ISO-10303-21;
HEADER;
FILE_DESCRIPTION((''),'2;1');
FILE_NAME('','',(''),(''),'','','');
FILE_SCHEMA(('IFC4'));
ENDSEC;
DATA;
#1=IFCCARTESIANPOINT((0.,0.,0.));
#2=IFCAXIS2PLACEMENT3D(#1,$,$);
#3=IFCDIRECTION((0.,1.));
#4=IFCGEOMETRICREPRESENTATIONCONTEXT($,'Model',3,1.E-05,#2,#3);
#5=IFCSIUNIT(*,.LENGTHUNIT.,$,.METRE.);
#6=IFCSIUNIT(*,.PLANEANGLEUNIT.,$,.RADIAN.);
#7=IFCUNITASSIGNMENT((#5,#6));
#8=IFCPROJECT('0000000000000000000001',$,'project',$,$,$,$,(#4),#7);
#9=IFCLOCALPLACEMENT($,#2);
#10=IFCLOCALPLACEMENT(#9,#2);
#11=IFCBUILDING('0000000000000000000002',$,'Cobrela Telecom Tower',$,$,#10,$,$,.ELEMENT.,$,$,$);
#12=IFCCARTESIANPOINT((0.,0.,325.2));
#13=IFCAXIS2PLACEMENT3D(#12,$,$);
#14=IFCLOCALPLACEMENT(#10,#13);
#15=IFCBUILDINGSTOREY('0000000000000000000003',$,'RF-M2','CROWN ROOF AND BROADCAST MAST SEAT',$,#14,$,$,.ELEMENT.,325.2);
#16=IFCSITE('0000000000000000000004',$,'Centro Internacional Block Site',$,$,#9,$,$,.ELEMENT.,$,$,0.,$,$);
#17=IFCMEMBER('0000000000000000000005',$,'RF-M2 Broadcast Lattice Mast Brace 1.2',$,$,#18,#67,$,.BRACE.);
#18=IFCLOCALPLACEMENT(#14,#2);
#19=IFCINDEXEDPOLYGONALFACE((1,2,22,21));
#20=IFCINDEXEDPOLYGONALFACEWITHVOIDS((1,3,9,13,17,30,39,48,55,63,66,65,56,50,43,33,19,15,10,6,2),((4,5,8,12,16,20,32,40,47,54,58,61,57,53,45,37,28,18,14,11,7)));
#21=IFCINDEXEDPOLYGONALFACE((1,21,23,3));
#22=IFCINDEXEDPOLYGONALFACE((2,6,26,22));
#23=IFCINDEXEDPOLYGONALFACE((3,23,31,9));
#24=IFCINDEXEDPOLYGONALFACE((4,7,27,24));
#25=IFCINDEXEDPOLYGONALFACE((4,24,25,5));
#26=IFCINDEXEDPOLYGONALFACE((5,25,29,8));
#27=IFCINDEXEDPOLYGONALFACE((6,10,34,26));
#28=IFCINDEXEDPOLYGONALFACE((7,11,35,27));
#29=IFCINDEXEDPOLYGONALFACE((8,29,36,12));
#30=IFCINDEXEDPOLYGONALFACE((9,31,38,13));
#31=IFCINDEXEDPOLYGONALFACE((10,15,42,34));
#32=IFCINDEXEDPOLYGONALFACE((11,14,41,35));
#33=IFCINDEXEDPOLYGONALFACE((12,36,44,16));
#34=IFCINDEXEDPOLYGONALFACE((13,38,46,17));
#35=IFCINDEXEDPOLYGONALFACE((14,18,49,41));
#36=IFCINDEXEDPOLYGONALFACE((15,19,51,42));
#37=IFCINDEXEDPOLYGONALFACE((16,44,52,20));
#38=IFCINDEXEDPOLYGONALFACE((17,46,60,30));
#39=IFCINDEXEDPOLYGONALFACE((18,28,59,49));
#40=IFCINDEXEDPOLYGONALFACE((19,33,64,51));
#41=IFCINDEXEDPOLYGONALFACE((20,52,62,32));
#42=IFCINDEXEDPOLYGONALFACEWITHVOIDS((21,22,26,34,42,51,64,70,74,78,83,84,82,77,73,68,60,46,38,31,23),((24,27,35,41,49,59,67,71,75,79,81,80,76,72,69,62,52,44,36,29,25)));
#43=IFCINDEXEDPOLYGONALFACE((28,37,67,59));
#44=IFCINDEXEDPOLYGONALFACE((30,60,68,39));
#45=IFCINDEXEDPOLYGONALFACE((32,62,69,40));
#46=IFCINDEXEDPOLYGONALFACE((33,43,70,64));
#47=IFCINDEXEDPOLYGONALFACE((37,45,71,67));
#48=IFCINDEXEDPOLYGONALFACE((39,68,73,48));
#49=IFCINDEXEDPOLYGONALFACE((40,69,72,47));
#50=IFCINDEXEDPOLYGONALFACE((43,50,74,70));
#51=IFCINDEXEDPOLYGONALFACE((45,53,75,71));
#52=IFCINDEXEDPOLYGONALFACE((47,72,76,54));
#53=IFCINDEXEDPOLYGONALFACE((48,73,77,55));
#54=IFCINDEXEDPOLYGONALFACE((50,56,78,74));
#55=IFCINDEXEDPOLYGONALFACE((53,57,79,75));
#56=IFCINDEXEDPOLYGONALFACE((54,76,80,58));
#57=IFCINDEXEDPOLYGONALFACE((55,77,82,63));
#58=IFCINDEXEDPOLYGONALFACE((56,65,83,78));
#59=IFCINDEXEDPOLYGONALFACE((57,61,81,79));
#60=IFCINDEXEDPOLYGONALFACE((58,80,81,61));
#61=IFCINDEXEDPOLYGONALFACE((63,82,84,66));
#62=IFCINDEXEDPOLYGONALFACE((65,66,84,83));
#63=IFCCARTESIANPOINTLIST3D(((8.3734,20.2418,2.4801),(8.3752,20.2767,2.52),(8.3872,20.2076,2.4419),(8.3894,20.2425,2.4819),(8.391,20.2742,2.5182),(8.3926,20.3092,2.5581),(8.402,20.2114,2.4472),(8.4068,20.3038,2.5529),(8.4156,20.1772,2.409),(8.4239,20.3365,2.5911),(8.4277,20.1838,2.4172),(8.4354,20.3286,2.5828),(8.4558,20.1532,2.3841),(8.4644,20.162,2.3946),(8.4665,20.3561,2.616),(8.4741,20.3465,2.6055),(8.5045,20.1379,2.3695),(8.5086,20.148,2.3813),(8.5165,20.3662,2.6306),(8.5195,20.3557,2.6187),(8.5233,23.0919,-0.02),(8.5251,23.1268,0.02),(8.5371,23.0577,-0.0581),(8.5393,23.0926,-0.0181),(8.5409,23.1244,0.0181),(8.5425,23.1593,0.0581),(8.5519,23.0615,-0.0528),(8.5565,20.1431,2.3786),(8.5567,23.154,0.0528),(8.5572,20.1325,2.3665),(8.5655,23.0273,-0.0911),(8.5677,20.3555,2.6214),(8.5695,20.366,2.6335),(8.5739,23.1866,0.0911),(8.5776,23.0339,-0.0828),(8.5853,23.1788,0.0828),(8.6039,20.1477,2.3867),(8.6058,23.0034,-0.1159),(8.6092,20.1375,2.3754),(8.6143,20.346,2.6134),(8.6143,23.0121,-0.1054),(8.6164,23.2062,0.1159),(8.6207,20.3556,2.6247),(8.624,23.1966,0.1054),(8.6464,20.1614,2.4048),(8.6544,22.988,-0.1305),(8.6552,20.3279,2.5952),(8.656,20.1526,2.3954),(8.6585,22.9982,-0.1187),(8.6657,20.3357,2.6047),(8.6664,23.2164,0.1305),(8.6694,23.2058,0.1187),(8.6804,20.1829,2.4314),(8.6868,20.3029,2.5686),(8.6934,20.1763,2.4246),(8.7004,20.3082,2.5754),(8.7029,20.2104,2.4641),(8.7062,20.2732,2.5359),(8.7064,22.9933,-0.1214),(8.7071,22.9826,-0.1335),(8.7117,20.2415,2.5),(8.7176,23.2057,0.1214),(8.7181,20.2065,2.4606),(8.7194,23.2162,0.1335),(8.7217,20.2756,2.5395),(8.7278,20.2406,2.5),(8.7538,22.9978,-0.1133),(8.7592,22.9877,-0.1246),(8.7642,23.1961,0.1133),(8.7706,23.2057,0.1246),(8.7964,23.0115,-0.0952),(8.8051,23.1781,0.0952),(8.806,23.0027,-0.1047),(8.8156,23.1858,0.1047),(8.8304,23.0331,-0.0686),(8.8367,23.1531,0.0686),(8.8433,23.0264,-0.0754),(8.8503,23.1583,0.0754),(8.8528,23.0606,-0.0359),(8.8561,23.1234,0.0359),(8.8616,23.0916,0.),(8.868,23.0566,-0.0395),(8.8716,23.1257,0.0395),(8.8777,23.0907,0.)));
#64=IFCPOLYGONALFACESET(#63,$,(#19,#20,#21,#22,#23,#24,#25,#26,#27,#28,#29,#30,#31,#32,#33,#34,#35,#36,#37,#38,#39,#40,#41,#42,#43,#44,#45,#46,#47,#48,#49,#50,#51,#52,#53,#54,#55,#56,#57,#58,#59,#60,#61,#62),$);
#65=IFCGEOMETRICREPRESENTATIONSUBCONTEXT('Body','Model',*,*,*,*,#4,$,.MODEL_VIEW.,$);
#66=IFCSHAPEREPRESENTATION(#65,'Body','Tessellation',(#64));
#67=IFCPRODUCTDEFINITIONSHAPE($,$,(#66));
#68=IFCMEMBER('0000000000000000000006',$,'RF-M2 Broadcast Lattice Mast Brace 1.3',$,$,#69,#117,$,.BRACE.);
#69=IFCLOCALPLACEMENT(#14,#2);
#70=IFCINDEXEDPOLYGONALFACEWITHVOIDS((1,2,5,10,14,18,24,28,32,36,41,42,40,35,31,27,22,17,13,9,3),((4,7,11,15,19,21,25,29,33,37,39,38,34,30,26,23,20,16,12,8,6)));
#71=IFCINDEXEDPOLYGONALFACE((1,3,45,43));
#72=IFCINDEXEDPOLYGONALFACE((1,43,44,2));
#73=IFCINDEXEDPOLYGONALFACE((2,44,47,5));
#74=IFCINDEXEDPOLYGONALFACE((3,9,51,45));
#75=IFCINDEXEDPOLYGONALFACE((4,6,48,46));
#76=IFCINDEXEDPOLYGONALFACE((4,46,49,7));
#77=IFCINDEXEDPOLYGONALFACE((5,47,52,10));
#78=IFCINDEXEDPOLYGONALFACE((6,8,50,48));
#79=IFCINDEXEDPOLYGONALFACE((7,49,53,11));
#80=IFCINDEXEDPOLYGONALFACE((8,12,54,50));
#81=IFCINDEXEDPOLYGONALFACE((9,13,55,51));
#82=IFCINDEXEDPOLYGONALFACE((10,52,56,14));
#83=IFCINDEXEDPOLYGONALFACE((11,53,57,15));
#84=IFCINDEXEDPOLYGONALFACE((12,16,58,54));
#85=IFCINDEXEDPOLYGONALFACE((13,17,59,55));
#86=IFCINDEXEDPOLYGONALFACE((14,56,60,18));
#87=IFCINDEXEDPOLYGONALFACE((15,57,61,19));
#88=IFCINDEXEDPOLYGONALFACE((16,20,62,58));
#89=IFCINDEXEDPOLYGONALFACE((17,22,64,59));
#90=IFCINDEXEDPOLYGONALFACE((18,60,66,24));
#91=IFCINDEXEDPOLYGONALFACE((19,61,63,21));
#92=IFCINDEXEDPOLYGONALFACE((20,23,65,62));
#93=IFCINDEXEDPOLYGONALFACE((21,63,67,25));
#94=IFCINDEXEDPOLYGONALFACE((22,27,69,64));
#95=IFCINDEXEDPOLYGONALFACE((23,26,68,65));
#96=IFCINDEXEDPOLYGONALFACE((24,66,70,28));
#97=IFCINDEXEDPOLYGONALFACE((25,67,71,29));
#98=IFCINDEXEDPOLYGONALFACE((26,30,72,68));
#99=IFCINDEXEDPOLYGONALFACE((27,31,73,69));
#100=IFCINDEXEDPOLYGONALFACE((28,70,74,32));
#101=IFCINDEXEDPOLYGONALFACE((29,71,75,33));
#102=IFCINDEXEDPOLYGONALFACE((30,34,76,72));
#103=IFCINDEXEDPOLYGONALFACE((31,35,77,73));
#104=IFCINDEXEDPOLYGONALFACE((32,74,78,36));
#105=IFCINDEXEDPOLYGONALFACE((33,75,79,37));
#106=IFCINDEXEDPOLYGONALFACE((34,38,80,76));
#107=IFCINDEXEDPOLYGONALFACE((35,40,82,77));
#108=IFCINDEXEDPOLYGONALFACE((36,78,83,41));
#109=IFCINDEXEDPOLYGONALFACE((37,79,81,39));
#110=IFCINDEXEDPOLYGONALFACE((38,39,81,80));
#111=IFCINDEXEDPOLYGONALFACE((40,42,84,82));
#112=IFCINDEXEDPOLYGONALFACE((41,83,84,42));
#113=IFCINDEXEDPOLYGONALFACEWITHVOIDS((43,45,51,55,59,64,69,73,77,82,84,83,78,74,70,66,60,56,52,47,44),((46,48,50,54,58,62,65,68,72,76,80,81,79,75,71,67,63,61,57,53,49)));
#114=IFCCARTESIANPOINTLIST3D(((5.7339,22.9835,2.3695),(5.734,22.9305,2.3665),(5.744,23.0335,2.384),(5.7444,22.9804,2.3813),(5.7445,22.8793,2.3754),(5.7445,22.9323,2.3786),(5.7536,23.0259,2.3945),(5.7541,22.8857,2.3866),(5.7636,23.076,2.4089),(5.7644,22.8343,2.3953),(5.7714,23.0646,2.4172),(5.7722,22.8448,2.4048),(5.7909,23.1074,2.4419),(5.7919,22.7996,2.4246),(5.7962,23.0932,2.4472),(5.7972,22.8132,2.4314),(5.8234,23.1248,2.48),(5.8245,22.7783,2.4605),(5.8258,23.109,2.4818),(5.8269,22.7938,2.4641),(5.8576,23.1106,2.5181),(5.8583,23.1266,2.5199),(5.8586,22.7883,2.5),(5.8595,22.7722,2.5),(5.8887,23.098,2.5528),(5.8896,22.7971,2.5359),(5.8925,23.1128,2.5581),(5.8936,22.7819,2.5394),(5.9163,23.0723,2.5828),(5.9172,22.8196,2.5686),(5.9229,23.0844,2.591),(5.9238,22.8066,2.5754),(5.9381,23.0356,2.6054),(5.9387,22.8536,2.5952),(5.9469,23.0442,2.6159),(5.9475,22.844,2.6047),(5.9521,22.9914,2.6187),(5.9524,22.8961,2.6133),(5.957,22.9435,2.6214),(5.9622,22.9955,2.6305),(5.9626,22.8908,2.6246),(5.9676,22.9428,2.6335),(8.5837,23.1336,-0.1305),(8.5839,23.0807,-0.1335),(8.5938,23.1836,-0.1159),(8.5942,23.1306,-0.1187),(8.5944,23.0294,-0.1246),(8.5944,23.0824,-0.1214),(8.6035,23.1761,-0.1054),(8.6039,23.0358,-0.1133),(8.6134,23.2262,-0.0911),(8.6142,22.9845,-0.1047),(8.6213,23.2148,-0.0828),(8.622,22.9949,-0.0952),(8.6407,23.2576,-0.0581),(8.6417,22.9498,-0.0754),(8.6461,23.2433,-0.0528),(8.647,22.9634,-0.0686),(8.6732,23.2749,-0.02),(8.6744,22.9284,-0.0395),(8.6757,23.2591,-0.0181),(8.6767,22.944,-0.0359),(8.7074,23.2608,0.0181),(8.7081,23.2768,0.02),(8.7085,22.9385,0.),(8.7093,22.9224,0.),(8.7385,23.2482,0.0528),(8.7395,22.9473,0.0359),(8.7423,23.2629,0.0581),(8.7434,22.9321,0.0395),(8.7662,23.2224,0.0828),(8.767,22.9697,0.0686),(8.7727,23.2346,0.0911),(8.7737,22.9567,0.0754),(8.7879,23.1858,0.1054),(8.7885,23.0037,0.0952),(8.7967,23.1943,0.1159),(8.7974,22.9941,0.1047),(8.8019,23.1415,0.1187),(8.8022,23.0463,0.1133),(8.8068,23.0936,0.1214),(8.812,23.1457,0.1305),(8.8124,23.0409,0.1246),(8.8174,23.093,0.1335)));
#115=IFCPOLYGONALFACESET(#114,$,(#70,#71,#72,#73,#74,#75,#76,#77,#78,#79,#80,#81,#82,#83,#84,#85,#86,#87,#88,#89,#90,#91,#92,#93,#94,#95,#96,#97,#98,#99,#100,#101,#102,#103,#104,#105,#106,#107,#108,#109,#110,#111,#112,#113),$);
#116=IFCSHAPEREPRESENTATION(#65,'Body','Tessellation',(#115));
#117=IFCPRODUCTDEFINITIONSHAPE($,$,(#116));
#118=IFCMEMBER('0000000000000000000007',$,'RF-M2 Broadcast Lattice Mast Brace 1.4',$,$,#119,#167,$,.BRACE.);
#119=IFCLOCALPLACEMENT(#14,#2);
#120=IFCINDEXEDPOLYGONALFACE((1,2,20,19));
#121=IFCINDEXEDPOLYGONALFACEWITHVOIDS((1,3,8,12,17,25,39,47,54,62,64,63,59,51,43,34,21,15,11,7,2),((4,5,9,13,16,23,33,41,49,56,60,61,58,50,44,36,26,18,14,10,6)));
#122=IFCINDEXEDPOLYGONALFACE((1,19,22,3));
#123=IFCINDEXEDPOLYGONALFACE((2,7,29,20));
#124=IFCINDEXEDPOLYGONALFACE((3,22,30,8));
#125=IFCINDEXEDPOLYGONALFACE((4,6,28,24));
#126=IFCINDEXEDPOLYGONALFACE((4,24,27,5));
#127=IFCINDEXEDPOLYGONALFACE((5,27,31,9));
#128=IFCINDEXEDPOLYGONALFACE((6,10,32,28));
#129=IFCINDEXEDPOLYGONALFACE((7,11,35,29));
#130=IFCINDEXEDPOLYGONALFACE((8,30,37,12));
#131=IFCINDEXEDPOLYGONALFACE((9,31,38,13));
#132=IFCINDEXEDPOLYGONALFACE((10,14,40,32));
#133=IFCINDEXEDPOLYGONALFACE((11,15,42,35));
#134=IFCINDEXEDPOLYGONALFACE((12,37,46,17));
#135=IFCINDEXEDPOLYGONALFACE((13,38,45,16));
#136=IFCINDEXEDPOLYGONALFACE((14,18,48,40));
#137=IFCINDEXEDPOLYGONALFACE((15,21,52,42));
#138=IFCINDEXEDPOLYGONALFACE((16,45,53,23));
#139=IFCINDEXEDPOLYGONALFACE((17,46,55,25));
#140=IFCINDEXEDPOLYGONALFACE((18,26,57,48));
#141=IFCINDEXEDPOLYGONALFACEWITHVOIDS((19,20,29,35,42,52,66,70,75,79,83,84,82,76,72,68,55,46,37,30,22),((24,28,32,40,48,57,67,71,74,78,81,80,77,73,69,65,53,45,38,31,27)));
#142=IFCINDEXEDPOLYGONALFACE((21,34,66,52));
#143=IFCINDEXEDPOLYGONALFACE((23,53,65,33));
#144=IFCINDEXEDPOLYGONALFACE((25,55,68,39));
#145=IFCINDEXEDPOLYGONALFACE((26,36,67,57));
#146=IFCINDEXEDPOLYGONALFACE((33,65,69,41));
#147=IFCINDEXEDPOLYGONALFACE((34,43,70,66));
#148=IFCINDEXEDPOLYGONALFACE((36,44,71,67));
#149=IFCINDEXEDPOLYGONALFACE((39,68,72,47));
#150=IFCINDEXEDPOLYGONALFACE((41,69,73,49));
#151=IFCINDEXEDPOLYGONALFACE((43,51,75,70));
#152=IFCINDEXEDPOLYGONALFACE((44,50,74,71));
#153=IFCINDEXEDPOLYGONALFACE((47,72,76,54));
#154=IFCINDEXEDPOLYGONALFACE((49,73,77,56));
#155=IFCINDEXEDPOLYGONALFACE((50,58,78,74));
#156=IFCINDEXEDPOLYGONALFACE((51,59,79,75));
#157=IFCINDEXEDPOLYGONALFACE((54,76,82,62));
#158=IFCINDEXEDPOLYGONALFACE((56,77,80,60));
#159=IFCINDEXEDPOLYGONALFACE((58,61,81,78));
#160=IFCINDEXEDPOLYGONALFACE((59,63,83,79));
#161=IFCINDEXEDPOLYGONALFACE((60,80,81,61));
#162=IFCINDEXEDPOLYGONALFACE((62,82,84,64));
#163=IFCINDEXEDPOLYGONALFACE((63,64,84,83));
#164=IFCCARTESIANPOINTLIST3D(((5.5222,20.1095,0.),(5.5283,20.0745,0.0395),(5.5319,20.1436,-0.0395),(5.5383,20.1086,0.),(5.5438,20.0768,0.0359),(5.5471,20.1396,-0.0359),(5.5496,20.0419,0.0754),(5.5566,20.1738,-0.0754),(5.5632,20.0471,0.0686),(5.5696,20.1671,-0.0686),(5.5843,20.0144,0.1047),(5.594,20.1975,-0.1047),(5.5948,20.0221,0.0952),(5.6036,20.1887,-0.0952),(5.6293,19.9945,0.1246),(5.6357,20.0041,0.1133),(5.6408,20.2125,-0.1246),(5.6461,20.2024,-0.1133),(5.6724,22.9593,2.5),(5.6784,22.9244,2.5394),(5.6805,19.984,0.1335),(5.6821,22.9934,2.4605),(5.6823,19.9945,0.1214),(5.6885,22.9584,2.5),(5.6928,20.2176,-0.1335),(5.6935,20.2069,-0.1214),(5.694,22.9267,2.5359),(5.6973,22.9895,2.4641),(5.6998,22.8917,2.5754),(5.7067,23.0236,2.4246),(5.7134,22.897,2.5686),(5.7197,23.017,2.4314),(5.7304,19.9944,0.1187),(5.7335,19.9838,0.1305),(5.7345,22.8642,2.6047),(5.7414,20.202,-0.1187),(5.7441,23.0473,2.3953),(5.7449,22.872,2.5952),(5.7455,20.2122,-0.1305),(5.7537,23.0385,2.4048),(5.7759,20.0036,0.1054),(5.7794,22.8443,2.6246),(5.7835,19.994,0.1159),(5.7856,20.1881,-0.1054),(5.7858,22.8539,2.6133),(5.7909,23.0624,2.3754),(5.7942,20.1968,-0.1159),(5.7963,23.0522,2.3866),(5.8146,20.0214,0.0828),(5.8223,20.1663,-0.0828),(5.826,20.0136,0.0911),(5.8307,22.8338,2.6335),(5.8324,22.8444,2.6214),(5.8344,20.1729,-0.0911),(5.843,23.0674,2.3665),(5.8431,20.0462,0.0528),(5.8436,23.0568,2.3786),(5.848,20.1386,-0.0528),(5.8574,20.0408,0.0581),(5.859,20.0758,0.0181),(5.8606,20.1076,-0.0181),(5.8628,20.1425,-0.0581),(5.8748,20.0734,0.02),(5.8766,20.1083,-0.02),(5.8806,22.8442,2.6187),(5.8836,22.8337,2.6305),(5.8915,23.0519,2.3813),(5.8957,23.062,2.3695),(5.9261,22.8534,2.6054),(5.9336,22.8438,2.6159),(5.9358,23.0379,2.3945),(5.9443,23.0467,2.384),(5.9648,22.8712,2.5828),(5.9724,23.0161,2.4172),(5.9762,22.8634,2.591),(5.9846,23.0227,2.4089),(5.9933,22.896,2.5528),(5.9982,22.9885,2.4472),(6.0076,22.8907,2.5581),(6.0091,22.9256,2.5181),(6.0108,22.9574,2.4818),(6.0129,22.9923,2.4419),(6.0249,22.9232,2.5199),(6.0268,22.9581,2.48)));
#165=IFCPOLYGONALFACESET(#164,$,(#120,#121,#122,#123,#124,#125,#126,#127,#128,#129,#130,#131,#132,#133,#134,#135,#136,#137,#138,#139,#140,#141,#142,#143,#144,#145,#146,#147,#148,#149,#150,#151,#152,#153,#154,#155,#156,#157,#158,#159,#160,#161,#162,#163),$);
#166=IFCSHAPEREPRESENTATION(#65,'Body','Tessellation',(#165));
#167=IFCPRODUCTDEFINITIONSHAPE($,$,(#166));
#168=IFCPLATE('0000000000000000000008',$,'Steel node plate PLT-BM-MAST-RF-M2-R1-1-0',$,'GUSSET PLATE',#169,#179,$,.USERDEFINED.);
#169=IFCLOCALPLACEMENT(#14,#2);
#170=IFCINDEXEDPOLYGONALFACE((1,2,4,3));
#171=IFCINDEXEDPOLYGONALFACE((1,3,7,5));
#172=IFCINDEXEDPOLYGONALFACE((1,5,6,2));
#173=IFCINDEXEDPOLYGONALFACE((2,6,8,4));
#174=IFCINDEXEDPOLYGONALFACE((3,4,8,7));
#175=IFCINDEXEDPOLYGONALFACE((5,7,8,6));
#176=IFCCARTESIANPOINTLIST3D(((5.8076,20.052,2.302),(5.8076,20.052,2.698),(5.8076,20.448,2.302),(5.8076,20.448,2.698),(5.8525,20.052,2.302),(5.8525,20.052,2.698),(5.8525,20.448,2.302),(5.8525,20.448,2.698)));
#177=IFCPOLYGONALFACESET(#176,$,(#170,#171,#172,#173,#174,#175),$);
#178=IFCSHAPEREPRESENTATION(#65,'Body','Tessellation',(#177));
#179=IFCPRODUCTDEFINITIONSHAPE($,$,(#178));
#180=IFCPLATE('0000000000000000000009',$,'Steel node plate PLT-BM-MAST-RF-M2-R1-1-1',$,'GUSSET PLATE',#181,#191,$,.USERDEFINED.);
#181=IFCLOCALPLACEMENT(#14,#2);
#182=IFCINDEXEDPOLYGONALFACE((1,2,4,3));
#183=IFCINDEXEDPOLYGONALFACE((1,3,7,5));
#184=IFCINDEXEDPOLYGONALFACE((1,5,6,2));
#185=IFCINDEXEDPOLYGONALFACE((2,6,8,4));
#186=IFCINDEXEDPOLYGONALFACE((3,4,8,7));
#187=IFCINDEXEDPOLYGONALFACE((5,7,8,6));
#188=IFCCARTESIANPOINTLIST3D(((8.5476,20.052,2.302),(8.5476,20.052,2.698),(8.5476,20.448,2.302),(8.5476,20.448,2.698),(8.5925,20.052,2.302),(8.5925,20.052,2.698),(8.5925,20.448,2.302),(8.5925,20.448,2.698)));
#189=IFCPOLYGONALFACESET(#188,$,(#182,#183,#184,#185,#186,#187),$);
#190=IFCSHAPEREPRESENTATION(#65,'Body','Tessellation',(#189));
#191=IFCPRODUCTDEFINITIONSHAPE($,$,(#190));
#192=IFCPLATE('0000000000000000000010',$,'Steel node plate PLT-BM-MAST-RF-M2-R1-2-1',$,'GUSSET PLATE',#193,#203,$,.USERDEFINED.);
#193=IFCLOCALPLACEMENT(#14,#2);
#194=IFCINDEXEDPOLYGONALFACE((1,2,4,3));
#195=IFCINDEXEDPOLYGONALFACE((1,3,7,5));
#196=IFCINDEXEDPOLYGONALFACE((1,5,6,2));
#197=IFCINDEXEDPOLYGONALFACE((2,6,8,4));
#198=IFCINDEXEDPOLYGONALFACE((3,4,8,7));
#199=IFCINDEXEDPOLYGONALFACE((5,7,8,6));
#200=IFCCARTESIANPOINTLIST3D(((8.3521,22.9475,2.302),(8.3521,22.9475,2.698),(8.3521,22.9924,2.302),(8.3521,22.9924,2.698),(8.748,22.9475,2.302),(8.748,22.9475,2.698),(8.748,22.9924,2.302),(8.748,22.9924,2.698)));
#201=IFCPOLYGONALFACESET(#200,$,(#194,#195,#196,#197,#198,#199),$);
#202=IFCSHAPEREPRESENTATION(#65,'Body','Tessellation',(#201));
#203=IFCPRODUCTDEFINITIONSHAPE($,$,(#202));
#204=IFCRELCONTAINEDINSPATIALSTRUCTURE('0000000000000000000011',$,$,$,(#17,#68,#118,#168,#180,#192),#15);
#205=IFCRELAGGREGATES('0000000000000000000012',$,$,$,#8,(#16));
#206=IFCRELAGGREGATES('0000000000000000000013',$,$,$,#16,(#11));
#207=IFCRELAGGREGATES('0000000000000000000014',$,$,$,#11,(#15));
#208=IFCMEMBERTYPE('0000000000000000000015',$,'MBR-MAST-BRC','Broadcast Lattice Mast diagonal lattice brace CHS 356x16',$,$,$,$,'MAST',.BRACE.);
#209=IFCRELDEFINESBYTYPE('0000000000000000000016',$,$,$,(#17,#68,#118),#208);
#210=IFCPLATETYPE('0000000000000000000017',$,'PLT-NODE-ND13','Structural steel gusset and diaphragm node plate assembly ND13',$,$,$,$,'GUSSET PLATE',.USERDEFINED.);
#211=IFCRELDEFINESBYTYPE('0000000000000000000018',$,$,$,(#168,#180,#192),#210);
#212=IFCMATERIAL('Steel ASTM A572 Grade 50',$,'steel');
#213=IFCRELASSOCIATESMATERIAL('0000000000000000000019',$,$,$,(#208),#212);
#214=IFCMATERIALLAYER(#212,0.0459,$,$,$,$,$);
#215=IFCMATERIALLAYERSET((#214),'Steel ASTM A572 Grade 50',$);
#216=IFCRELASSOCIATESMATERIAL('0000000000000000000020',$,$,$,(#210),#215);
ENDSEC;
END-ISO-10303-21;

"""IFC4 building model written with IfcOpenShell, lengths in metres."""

from ifc_helpers import new_model, si_unit, direction, frame, origin, origin_2d, place, context, subcontext, project, spatial, rectangle, hollow_circle, extrude, material, layer, layer_set, material_profile, profile_set, type_object, element, save


model = new_model("IFC4")

# Units and contexts
model_context = context("Model", 3, precision=1e-05, world=origin(), true_north=direction((0.0, 1.0)))
body_context = subcontext(model_context, "Body", "Model", "MODEL_VIEW")
ifc_project = project(units=[si_unit("LENGTHUNIT", "METRE"), si_unit("PLANEANGLEUNIT", "RADIAN")], contexts=[model_context])

# Site, building, storey
site_placement = place(None, origin())
site = spatial("IfcSite", under=ifc_project, at=site_placement, Name="Centro Internacional Block Site", CompositionType="ELEMENT", RefElevation=0.0)
building_placement = place(site_placement, origin())
building = spatial("IfcBuilding", under=site, at=building_placement, Name="Cobrela Telecom Tower", CompositionType="ELEMENT")
storey_placement = place(building_placement, frame((0.0, 0.0, 325.2)))
storey = spatial("IfcBuildingStorey", under=building, at=storey_placement, Name="RF-M2", Description="CROWN ROOF AND BROADCAST MAST SEAT", CompositionType="ELEMENT", Elevation=325.2)

# Shared definitions
ifc_material = material(Name="Steel ASTM A572 Grade 50", Category="steel")

# Members
ifc_material_profile_1 = material_profile(ifc_material, hollow_circle(Radius=0.178, WallThickness=0.0161, at=origin_2d()), Name="CHS 356x16")
ifc_profile_set_1 = profile_set([ifc_material_profile_1], Name="Steel ASTM A572 Grade 50")
member_type = type_object("IfcMemberType", Name="MBR-MAST-BRC", Description="Broadcast Lattice Mast diagonal lattice brace CHS 356x16", ElementType="MAST", PredefinedType="BRACE", material=ifc_profile_set_1)
for number, where, z_axis, x_axis, name in (
    (1, (8.7, 23.1001, 0.0), (-0.039509, -0.751183, 0.65891), (0.99862, -0.052523, 0.0), "RF-M2 Broadcast Lattice Mast Brace 1.2"),
):
    element("IfcMember", number, at=place(storey_placement, frame(where, z_axis=z_axis, x_axis=x_axis)), inside=storey, type_object=member_type, Name=name, PredefinedType="BRACE", context=body_context, shape_type="SweptSolid", body=[
        extrude(hollow_circle(Radius=0.178, WallThickness=0.0161, at=origin_2d()), origin(), (0.0, 0.0, 1.0), 3.7942),
    ])
for number, where, z_axis, x_axis, name in (
    (2, (8.7, 23.1001, 0.0), (-0.751153, -0.039575, 0.65894), (0.052613, -0.998615, 0.0), "RF-M2 Broadcast Lattice Mast Brace 1.3"),
    (3, (5.7, 20.1001, 0.0), (0.039575, 0.751153, 0.65894), (-0.998615, 0.052613, 0.0), "RF-M2 Broadcast Lattice Mast Brace 1.4"),
):
    element("IfcMember", number, at=place(storey_placement, frame(where, z_axis=z_axis, x_axis=x_axis)), inside=storey, type_object=member_type, Name=name, PredefinedType="BRACE", context=body_context, shape_type="SweptSolid", body=[
        extrude(hollow_circle(Radius=0.178, WallThickness=0.0161, at=origin_2d()), origin(), (0.0, 0.0, 1.0), 3.7939),
    ])

# Plates
ifc_layer = layer(ifc_material, 0.0459)
ifc_layer_set = layer_set([ifc_layer], Name="Steel ASTM A572 Grade 50")
plate_type = type_object("IfcPlateType", Name="PLT-NODE-ND13", Description="Structural steel gusset and diaphragm node plate assembly ND13", ElementType="GUSSET PLATE", PredefinedType="USERDEFINED", material=ifc_layer_set)
for number, where, z_axis, x_axis, name in (
    (4, (5.8301, 20.25, 2.302), (0.0, 0.0, 1.0), (1.0, 0.0, 0.0), "Steel node plate PLT-BM-MAST-RF-M2-R1-1-0"),
    (5, (8.5701, 20.25, 2.302), (0.0, 0.0, 1.0), (1.0, 0.0, 0.0), "Steel node plate PLT-BM-MAST-RF-M2-R1-1-1"),
    (6, (8.55, 22.97, 2.302), (0.0, 0.0, 1.0), (0.0, 1.0, 0.0), "Steel node plate PLT-BM-MAST-RF-M2-R1-2-1"),
):
    element("IfcPlate", number, at=place(storey_placement, frame(where, z_axis=z_axis, x_axis=x_axis)), inside=storey, type_object=plate_type, Name=name, ObjectType="GUSSET PLATE", PredefinedType="USERDEFINED", context=body_context, shape_type="SweptSolid", body=[
        extrude(rectangle(XDim=0.0449, YDim=0.396, at=origin_2d()), origin(), (0.0, 0.0, 1.0), 0.396),
    ])

save(model, "model.ifc")
